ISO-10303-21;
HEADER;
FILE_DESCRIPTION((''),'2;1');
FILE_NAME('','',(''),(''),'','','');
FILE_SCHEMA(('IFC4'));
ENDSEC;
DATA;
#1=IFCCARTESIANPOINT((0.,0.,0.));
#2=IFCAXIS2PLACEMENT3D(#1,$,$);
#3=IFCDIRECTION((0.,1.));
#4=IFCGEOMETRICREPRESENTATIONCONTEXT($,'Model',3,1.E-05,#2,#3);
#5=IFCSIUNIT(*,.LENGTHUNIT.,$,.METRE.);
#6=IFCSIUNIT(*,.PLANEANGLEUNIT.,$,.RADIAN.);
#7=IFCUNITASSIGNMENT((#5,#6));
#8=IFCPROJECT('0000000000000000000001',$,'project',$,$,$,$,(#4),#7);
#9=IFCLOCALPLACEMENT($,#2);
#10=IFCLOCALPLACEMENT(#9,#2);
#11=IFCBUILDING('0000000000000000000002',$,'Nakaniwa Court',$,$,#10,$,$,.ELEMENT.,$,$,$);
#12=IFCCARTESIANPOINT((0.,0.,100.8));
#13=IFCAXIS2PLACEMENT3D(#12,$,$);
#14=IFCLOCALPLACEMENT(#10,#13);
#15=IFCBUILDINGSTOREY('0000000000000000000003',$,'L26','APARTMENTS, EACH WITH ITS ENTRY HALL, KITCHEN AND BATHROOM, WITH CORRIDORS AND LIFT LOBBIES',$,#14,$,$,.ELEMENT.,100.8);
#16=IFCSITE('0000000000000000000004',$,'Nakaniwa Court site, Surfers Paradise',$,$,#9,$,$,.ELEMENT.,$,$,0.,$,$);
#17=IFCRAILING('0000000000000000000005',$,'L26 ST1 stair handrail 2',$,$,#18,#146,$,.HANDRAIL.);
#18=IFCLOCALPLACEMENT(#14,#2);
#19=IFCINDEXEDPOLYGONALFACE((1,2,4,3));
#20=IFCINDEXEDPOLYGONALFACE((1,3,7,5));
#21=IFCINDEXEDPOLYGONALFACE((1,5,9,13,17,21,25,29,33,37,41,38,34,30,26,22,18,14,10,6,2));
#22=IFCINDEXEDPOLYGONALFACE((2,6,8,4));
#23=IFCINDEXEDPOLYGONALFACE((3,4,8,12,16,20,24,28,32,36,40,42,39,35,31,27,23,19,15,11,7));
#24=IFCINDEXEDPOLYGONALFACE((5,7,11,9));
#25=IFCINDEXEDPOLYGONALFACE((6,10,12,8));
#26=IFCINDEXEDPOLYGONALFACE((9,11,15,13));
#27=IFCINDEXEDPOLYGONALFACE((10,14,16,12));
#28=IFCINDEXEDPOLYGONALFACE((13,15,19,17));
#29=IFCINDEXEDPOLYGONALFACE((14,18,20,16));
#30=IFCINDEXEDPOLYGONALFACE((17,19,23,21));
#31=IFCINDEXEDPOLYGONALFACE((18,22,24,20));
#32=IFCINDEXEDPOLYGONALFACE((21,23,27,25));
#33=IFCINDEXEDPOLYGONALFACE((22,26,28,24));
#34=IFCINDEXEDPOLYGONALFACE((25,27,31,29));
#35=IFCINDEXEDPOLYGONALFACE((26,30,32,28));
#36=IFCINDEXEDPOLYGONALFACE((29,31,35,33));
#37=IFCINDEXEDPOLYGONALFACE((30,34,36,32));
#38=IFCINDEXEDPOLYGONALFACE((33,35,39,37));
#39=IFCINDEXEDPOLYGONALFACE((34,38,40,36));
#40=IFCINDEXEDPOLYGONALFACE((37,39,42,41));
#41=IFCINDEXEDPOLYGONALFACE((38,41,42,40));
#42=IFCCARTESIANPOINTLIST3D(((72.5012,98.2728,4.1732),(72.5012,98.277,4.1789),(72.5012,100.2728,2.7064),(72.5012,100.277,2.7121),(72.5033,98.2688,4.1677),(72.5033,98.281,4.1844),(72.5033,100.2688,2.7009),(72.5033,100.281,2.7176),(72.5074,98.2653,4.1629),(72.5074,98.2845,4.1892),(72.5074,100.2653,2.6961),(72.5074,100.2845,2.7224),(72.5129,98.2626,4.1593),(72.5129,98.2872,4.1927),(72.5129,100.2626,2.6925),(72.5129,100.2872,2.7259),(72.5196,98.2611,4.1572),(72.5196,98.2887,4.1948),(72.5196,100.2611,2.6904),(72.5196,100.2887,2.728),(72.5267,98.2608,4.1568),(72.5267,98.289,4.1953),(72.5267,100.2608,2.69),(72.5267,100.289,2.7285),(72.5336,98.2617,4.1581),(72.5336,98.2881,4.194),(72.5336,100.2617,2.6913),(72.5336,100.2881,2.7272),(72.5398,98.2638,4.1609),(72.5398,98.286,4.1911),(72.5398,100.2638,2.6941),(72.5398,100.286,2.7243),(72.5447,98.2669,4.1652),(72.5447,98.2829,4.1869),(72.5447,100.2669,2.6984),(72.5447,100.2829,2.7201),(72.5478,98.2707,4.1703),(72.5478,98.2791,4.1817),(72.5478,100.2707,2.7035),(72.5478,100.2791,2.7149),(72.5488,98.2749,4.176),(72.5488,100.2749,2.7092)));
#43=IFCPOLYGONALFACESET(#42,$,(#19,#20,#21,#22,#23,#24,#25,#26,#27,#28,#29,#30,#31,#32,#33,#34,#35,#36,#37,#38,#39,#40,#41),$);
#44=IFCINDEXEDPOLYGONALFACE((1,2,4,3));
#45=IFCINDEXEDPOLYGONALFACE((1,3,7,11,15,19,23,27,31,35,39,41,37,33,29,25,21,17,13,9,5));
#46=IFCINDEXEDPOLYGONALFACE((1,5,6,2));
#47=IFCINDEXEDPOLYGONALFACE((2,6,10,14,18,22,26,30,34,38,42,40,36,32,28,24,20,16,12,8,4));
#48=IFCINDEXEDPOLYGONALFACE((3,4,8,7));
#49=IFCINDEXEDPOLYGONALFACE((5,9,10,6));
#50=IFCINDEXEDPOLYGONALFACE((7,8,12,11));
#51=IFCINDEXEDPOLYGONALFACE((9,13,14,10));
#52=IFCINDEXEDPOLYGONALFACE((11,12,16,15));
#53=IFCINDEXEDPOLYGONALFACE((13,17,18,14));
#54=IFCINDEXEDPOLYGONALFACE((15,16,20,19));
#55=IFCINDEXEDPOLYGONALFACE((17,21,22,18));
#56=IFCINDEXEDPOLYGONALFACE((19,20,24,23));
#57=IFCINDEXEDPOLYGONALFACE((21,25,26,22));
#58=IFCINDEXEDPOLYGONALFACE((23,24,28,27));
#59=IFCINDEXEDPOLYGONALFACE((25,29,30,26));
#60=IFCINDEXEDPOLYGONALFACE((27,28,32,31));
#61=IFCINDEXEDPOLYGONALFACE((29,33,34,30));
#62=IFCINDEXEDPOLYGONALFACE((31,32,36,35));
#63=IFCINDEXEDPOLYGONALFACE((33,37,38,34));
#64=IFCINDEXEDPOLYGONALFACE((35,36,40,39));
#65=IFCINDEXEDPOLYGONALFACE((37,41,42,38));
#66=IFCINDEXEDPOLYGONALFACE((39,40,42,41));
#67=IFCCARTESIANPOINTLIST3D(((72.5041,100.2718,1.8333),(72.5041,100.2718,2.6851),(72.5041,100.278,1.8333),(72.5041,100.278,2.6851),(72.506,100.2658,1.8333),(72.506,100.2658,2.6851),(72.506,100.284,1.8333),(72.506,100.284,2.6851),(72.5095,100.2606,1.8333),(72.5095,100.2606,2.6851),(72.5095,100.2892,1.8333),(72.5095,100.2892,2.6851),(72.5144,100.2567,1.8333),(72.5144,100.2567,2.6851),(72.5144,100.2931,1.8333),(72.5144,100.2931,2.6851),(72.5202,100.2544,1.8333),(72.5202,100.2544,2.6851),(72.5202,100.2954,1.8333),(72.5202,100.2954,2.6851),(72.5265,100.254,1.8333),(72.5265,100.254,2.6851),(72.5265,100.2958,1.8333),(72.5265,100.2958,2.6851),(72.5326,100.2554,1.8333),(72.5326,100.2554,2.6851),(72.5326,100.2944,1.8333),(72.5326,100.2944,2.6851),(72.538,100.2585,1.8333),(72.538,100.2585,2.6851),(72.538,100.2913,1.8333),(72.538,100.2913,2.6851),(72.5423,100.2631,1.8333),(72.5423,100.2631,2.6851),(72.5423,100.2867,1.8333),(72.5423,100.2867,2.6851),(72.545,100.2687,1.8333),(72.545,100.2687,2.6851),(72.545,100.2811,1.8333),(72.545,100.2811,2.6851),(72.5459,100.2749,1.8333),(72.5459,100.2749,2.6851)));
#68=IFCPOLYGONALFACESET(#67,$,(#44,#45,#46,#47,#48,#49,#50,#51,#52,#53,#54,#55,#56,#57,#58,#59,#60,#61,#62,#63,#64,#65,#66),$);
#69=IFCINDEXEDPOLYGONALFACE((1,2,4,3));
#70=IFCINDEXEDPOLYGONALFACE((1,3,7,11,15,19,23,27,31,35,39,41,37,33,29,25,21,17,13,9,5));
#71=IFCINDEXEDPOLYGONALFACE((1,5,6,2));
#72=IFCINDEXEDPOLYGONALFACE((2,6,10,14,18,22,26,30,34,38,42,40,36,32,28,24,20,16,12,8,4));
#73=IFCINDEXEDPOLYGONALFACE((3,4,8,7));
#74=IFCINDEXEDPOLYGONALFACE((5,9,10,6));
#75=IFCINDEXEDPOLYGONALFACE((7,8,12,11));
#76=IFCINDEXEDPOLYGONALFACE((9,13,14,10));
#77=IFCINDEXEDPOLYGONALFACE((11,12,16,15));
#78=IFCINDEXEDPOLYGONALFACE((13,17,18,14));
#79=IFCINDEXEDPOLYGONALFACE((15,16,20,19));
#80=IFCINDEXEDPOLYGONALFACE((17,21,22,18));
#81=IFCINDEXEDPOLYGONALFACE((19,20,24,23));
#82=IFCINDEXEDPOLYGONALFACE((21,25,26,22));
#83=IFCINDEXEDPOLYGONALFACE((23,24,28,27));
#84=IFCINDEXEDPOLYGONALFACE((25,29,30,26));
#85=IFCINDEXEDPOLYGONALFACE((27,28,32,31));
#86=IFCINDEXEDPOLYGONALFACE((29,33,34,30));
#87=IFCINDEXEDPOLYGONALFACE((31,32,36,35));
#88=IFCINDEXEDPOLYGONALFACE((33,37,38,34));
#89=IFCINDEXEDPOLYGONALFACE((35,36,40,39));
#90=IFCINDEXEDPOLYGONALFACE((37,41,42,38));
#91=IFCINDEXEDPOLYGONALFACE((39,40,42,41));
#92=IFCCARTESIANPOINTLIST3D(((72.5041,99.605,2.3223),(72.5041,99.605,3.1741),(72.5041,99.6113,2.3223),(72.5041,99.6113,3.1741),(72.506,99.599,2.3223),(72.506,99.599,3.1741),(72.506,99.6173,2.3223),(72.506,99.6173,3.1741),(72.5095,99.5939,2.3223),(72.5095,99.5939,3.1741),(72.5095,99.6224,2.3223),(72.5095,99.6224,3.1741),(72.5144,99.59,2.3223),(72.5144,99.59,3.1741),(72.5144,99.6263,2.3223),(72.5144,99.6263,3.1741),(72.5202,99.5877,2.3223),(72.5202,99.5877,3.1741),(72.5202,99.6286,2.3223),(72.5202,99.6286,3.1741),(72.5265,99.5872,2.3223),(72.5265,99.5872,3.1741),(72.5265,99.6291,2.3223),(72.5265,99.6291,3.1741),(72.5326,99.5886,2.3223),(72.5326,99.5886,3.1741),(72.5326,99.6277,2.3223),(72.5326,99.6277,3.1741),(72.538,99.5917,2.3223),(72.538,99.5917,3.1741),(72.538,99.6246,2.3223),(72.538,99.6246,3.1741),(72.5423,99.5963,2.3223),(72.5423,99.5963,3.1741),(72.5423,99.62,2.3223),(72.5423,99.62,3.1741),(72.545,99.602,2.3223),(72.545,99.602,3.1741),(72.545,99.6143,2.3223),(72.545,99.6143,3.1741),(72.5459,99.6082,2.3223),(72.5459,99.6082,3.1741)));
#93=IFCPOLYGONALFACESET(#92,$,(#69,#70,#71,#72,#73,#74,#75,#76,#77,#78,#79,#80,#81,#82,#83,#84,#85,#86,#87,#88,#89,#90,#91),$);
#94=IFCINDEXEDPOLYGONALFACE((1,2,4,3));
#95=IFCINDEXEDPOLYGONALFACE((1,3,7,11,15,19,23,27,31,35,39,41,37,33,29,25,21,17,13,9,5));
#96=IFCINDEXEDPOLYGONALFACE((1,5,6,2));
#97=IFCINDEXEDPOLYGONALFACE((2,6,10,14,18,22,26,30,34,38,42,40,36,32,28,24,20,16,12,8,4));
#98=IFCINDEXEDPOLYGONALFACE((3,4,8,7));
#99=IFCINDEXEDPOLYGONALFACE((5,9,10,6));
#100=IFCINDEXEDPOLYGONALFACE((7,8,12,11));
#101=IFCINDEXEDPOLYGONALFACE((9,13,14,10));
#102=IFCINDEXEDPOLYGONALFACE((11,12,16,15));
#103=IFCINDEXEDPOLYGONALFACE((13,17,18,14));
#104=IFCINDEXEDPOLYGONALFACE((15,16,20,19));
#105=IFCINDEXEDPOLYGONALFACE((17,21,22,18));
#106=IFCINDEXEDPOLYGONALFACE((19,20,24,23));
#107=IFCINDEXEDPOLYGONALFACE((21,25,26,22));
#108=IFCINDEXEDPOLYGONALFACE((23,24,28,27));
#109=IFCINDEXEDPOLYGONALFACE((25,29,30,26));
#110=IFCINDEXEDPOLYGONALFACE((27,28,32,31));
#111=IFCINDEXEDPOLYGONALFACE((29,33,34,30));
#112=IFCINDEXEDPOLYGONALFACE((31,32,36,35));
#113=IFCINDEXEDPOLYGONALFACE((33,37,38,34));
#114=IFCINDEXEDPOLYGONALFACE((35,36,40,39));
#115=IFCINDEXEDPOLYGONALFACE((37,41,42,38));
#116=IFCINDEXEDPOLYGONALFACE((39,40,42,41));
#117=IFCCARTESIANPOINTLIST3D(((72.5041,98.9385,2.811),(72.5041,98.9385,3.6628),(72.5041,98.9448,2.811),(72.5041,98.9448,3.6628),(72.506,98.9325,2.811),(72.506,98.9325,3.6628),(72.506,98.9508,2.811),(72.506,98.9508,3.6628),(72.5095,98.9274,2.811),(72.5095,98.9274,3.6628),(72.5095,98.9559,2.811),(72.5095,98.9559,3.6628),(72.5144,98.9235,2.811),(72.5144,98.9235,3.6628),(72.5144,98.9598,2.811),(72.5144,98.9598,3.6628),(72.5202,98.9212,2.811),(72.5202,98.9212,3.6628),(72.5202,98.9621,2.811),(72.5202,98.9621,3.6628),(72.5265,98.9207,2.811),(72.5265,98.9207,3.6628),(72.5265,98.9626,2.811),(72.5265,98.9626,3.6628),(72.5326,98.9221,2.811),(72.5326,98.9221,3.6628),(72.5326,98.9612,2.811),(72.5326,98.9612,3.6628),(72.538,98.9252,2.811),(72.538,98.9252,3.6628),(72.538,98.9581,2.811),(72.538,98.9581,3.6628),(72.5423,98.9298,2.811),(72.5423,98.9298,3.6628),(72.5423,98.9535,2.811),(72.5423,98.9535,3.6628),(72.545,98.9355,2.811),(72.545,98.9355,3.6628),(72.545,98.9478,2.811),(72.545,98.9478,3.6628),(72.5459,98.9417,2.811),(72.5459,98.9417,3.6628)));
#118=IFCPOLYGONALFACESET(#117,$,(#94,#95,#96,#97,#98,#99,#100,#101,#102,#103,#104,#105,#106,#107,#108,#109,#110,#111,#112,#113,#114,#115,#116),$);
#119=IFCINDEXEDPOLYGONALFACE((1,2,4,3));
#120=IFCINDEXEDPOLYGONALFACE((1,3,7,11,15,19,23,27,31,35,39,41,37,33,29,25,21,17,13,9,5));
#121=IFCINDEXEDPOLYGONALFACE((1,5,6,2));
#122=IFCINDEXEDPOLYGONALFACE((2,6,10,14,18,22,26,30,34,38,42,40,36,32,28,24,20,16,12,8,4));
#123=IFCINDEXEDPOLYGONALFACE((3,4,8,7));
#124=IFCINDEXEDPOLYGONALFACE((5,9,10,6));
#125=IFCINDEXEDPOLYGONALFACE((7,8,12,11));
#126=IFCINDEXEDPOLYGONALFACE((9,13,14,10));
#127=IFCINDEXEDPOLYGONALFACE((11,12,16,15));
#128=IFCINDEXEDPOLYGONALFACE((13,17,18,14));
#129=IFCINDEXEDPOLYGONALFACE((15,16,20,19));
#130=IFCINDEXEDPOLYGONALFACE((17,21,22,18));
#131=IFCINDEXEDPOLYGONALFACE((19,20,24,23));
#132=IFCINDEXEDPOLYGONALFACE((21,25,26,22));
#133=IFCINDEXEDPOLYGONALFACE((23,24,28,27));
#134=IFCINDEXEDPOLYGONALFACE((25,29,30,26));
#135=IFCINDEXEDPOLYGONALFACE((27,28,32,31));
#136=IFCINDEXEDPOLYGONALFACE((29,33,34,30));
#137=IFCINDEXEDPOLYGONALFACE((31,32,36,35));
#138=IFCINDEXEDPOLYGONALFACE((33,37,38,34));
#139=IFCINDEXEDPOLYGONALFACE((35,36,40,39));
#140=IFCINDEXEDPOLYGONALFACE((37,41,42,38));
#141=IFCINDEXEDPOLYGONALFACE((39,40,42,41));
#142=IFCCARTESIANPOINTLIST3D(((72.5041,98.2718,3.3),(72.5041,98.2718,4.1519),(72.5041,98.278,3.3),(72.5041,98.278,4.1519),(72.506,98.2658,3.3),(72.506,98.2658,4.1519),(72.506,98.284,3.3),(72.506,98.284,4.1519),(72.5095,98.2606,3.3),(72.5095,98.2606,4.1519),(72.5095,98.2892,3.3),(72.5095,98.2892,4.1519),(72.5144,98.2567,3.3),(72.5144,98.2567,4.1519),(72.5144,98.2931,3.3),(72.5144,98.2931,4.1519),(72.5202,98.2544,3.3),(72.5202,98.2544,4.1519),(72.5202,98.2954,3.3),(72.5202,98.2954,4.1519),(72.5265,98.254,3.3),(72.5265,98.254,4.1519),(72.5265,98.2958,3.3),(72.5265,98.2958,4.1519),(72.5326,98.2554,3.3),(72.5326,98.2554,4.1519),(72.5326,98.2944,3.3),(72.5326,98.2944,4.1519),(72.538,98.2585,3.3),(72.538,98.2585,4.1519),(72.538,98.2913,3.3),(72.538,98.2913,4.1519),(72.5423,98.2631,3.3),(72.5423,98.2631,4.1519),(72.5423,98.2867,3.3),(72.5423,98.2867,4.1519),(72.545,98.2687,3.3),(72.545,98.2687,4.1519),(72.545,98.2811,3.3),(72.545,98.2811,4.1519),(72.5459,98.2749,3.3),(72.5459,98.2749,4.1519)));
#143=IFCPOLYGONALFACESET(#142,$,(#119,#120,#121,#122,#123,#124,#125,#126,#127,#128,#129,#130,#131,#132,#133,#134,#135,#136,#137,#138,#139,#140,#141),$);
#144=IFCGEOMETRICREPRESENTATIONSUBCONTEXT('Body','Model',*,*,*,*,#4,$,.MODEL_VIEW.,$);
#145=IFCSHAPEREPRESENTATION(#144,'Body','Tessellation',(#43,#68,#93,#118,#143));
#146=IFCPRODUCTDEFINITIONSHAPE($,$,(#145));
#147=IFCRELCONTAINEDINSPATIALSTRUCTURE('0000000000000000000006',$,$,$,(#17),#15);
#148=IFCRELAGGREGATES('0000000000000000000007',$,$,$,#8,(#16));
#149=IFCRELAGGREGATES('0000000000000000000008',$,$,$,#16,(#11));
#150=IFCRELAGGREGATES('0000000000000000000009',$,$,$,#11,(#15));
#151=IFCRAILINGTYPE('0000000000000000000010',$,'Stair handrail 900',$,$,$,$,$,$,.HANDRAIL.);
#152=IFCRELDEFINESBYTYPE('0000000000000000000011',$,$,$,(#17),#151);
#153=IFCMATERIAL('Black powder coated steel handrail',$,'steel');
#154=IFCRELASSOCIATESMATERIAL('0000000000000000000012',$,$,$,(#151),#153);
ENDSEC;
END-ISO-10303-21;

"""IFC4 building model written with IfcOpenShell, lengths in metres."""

from ifc_helpers import new_model, si_unit, direction, frame, origin, origin_2d, place, context, subcontext, project, spatial, circle, extrude, material, type_object, element, save


model = new_model("IFC4")

# Units and contexts
model_context = context("Model", 3, precision=1e-05, world=origin(), true_north=direction((0.0, 1.0)))
body_context = subcontext(model_context, "Body", "Model", "MODEL_VIEW")
ifc_project = project(units=[si_unit("LENGTHUNIT", "METRE"), si_unit("PLANEANGLEUNIT", "RADIAN")], contexts=[model_context])

# Site, building, storey
site_placement = place(None, origin())
site = spatial("IfcSite", under=ifc_project, at=site_placement, Name="Nakaniwa Court site, Surfers Paradise", CompositionType="ELEMENT", RefElevation=0.0)
building_placement = place(site_placement, origin())
building = spatial("IfcBuilding", under=site, at=building_placement, Name="Nakaniwa Court", CompositionType="ELEMENT")
storey_placement = place(building_placement, frame((0.0, 0.0, 100.8)))
storey = spatial("IfcBuildingStorey", under=building, at=storey_placement, Name="L26", Description="APARTMENTS, EACH WITH ITS ENTRY HALL, KITCHEN AND BATHROOM, WITH CORRIDORS AND LIFT LOBBIES", CompositionType="ELEMENT", Elevation=100.8)

# Railing
ifc_material_1 = material(Name="Black powder coated steel handrail", Category="steel")
railing_type_1 = type_object("IfcRailingType", Name="Stair handrail 900", PredefinedType="HANDRAIL", material=ifc_material_1)
railing_1_placement = place(storey_placement, frame((72.5249, 100.2749, 1.8333)))
element("IfcRailing", 1, at=railing_1_placement, inside=storey, type_object=railing_type_1, Name="L26 ST1 stair handrail 2", PredefinedType="HANDRAIL", context=body_context, shape_type="SweptSolid", body=[
    extrude(circle(Radius=0.0239, at=origin_2d()), frame((0.0, 0.0, 0.876), z_axis=(0.0, -0.80638, 0.591398), x_axis=(1.0, 0.0, 0.0)), (0.0, 0.0, 1.0), 2.4802),
    extrude(circle(Radius=0.021, at=origin_2d()), origin(), (0.0, 0.0, 1.0), 0.8518),
    extrude(circle(Radius=0.021, at=origin_2d()), frame((0.0, -0.6667, 0.489)), (0.0, 0.0, 1.0), 0.8518),
    extrude(circle(Radius=0.021, at=origin_2d()), frame((0.0, -1.3333, 0.9778)), (0.0, 0.0, 1.0), 0.8518),
    extrude(circle(Radius=0.021, at=origin_2d()), frame((0.0, -2.0, 1.4668)), (0.0, 0.0, 1.0), 0.8518),
])

save(model, "model.ifc")
